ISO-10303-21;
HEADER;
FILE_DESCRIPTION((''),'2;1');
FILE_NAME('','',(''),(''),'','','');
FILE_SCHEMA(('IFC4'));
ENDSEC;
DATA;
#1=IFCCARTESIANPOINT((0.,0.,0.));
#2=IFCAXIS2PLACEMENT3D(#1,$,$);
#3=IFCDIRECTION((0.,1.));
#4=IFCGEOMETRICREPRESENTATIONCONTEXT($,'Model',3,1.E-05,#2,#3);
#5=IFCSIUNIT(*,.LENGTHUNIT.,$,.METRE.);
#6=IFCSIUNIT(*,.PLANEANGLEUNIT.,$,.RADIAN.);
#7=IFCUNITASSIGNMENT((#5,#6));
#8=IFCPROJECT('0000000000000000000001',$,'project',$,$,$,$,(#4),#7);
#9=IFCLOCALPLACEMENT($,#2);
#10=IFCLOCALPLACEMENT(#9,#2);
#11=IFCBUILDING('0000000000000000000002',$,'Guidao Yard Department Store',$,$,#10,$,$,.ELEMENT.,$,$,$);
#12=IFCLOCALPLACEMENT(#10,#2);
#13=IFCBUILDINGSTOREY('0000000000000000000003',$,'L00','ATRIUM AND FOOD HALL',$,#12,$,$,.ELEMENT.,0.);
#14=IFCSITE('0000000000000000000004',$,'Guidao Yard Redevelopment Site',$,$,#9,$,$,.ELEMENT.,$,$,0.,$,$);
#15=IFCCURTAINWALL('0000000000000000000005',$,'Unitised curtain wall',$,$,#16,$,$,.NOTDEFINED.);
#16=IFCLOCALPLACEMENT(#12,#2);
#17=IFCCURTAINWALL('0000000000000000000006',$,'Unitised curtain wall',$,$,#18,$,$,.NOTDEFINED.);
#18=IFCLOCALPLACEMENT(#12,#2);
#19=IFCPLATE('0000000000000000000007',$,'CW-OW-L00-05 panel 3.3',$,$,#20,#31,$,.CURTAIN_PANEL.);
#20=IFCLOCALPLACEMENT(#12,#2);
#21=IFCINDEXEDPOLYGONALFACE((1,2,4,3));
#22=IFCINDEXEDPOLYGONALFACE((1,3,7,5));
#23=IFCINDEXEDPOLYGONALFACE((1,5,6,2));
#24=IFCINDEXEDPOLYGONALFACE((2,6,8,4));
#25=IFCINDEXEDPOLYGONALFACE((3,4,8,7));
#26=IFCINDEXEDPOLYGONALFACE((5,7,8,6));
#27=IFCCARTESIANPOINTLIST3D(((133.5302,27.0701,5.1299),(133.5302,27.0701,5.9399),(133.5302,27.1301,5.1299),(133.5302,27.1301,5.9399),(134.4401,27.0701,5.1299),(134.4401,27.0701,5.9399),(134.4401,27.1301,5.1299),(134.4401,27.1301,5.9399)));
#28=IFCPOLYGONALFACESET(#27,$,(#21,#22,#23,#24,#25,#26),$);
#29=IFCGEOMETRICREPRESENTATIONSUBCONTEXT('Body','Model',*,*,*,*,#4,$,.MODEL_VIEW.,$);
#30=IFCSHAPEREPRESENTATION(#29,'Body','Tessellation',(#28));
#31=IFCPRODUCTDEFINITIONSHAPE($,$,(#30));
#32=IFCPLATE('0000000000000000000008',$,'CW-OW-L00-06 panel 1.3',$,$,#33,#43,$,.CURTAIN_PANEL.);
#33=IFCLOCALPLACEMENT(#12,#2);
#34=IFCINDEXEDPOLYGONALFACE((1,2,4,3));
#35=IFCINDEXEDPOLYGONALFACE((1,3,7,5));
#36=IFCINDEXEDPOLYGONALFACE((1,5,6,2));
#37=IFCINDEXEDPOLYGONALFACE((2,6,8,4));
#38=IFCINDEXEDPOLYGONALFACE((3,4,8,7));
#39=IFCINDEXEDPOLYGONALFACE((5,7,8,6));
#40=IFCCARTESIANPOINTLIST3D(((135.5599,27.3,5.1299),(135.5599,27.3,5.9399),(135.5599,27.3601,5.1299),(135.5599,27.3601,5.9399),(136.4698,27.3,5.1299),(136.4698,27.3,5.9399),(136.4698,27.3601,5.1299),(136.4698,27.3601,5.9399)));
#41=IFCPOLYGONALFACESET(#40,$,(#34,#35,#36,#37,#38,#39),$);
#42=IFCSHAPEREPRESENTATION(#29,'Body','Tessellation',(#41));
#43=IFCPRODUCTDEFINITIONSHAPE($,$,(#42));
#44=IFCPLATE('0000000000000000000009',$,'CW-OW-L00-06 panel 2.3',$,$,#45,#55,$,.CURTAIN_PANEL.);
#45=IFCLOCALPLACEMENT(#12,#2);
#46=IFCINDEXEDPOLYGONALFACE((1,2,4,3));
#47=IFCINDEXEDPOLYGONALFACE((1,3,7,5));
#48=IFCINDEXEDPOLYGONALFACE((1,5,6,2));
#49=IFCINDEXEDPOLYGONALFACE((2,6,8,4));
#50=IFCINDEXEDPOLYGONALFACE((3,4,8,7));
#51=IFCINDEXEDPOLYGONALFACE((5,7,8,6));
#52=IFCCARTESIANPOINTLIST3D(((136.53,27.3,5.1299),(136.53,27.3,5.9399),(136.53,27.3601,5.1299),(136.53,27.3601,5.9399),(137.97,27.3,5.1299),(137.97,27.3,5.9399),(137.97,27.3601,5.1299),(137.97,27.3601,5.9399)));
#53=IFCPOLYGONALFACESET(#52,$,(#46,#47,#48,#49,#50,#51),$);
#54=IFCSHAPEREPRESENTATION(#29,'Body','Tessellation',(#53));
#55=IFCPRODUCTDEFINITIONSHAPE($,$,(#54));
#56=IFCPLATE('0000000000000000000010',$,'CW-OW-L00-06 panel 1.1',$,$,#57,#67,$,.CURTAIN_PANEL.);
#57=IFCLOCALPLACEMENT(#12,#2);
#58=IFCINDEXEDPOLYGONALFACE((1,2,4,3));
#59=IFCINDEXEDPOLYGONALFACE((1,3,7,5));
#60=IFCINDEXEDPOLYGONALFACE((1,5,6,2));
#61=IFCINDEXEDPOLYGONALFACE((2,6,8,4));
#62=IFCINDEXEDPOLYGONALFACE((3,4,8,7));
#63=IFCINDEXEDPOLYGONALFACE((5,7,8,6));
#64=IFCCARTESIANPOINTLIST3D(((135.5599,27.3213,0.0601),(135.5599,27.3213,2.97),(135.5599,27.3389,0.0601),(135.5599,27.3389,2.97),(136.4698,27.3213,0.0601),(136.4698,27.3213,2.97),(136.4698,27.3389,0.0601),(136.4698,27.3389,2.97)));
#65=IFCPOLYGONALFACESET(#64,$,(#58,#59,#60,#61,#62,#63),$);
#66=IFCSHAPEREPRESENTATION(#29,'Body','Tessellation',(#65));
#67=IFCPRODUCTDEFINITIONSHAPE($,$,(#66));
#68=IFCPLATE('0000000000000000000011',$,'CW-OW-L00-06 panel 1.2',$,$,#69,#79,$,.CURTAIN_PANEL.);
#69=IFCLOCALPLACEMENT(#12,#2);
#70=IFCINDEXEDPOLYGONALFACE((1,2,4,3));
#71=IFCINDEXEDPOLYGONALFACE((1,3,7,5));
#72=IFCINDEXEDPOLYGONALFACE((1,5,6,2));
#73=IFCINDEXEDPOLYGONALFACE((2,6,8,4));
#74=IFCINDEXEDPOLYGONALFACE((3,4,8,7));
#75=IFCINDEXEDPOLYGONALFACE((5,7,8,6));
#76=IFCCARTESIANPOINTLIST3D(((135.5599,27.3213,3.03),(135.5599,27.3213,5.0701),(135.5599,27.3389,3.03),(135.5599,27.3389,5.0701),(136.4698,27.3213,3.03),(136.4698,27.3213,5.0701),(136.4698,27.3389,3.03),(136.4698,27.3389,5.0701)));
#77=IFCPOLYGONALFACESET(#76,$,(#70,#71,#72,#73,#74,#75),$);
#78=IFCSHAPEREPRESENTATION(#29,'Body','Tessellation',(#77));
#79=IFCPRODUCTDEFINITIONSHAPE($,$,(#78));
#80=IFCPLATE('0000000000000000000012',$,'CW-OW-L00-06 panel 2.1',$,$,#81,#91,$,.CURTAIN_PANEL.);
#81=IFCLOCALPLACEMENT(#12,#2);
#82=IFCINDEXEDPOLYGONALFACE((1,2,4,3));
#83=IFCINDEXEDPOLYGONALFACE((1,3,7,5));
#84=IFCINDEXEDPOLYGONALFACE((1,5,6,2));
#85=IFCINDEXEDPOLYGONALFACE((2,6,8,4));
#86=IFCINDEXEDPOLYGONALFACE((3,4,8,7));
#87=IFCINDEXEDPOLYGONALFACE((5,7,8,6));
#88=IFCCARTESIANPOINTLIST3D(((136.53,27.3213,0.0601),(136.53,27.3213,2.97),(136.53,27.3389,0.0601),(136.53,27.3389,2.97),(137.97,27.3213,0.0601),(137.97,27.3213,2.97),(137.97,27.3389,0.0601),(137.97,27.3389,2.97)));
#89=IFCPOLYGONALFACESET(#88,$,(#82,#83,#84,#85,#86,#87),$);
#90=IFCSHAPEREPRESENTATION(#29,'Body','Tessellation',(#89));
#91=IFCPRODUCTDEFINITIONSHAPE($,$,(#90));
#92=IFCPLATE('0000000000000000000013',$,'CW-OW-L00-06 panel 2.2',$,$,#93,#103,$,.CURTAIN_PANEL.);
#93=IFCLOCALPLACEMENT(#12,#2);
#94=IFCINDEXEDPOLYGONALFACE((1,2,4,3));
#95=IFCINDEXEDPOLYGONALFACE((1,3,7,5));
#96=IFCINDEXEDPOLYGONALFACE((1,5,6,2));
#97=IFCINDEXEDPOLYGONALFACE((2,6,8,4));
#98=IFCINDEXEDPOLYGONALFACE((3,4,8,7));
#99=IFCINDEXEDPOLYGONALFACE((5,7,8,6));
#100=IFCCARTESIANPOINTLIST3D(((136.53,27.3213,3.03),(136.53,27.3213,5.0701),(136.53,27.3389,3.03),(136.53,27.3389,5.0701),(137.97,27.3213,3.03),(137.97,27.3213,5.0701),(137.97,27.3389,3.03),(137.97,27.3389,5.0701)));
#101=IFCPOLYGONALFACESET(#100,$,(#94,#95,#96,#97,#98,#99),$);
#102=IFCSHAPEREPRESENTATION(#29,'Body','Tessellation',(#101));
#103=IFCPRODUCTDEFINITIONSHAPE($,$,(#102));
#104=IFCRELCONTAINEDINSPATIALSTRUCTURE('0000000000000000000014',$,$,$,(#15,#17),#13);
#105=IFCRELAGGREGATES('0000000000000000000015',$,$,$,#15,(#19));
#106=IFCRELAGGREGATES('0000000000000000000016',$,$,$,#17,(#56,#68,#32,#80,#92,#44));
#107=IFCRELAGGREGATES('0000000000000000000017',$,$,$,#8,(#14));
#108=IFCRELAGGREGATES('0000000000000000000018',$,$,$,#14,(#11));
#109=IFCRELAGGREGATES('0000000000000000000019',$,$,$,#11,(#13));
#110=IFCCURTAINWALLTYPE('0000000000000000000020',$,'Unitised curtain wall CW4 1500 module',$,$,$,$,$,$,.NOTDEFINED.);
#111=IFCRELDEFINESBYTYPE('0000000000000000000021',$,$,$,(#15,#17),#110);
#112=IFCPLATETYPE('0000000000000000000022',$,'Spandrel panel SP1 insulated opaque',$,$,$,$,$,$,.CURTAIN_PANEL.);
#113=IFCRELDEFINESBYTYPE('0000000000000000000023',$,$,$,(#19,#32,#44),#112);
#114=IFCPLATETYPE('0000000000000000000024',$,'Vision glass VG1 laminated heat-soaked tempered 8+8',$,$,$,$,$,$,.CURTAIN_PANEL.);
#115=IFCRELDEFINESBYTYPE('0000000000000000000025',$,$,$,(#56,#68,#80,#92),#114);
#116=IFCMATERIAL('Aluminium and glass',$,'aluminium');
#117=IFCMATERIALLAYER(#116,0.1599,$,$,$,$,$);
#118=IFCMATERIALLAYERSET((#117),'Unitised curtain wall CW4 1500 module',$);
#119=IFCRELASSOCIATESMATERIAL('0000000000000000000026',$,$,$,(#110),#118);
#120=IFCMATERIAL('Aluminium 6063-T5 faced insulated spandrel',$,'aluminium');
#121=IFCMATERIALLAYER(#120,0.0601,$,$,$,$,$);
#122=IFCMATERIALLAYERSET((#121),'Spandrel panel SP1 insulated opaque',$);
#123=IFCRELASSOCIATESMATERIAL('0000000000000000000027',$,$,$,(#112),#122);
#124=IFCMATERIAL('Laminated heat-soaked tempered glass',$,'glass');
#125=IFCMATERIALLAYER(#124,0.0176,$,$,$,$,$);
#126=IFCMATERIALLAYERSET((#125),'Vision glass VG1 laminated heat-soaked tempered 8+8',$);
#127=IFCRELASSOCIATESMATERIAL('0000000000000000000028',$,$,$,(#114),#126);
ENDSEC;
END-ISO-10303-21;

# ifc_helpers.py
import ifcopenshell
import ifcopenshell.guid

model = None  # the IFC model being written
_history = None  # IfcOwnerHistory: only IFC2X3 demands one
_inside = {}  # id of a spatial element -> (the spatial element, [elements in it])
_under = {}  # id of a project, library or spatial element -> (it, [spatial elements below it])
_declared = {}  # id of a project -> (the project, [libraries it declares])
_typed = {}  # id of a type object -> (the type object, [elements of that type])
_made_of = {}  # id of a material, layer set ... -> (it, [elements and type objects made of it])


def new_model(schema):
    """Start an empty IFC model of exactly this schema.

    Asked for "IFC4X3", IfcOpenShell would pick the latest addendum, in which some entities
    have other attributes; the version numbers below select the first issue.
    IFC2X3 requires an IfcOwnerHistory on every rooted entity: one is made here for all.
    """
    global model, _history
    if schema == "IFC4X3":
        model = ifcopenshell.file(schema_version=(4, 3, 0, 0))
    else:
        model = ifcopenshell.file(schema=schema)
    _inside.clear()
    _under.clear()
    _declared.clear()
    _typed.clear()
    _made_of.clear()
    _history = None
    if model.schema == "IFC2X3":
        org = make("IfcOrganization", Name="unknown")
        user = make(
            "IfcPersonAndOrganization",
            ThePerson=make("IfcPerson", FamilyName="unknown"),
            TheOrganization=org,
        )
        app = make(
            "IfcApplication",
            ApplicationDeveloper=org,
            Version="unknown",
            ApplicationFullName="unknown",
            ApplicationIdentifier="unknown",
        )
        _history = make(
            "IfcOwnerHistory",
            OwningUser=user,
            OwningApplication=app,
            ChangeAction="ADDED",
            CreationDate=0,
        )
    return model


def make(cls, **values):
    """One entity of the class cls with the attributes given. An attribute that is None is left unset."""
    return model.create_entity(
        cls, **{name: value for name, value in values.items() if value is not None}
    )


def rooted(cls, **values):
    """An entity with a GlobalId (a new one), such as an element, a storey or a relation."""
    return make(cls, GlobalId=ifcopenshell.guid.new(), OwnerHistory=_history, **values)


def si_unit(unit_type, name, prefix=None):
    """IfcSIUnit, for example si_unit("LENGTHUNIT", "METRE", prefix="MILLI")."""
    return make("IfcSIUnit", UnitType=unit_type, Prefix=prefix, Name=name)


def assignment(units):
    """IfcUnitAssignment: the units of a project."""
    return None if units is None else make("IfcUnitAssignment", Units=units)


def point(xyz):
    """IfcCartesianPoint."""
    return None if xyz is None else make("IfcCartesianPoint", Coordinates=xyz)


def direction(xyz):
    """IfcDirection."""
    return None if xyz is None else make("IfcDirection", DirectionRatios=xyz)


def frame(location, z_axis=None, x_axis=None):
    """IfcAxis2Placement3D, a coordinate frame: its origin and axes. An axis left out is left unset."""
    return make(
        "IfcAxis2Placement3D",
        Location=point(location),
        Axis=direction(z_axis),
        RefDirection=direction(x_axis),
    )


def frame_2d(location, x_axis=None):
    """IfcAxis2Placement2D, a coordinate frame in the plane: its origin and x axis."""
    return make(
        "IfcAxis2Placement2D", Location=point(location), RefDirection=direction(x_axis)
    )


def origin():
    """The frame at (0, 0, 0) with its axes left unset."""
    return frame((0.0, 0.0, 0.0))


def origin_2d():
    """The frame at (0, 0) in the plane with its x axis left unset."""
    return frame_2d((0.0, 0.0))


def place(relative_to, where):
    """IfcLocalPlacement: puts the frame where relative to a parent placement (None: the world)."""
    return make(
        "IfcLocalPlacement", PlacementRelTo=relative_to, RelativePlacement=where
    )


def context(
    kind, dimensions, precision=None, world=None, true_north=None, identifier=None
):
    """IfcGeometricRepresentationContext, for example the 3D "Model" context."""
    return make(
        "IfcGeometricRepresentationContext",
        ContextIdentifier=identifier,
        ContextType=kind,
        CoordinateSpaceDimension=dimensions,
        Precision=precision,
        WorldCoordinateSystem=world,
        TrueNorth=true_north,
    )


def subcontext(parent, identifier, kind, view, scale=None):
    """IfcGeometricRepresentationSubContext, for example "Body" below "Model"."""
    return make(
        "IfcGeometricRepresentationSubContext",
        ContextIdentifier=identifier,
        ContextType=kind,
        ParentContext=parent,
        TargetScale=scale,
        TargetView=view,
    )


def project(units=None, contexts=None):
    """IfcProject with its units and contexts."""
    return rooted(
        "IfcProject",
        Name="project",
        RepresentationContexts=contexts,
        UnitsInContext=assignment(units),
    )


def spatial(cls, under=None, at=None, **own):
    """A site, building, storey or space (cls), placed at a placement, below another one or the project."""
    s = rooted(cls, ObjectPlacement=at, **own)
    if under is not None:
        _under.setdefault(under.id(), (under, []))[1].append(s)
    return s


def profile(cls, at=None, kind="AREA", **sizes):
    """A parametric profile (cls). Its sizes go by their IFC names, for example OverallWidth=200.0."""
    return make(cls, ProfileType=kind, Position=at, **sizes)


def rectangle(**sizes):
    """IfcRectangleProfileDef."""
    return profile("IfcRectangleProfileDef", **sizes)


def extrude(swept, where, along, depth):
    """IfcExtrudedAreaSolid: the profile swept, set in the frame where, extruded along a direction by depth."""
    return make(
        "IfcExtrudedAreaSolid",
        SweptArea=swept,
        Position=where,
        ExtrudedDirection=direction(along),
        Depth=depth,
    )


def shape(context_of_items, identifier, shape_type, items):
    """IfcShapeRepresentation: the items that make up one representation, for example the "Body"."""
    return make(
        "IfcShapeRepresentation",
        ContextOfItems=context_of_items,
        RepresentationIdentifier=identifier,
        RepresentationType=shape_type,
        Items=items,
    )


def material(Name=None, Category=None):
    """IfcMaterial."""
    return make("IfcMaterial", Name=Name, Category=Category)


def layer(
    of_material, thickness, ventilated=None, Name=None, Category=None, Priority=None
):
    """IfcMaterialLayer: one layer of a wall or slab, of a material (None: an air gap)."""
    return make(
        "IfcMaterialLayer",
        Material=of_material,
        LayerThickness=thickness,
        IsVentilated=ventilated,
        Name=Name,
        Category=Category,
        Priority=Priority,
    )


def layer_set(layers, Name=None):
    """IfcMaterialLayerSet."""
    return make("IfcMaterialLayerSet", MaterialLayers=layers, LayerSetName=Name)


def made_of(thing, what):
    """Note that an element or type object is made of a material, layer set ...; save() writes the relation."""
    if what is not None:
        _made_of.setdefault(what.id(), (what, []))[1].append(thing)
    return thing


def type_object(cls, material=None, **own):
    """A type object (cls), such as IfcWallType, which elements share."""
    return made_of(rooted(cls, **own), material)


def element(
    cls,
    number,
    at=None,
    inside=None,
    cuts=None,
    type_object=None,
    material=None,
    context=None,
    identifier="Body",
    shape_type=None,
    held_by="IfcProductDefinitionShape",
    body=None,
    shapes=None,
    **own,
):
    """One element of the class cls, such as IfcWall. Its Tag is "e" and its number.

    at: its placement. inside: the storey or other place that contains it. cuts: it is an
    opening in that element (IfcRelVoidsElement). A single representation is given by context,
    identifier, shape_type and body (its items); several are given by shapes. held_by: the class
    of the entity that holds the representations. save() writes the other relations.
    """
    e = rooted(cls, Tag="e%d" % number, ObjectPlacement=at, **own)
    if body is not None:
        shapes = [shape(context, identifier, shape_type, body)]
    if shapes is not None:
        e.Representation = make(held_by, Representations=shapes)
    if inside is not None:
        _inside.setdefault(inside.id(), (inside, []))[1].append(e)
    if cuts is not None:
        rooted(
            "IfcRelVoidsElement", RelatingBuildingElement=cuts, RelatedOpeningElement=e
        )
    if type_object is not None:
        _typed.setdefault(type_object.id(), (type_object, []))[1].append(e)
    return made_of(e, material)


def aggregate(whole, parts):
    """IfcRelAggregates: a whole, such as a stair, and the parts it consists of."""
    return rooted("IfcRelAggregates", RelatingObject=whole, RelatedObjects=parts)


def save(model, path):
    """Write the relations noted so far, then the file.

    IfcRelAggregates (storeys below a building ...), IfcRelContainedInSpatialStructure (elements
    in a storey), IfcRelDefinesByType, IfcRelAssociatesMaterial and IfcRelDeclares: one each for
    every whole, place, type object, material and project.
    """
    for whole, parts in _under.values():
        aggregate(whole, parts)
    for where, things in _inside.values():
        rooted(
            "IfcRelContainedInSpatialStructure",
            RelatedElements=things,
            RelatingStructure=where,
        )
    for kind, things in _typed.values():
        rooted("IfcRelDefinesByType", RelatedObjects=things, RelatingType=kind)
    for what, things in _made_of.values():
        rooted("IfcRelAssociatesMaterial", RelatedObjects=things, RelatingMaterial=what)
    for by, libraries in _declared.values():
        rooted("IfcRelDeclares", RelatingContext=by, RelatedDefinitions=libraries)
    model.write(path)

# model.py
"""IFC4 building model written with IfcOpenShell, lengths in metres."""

from ifc_helpers import new_model, si_unit, direction, frame, origin, origin_2d, place, context, subcontext, project, spatial, rectangle, extrude, material, layer, layer_set, type_object, element, aggregate, save


model = new_model("IFC4")

# Units and contexts
model_context = context("Model", 3, precision=1e-05, world=origin(), true_north=direction((0.0, 1.0)))
body_context = subcontext(model_context, "Body", "Model", "MODEL_VIEW")
ifc_project = project(units=[si_unit("LENGTHUNIT", "METRE"), si_unit("PLANEANGLEUNIT", "RADIAN")], contexts=[model_context])

# Site, building, storey
site_placement = place(None, origin())
site = spatial("IfcSite", under=ifc_project, at=site_placement, Name="Guidao Yard Redevelopment Site", CompositionType="ELEMENT", RefElevation=0.0)
building_placement = place(site_placement, origin())
building = spatial("IfcBuilding", under=site, at=building_placement, Name="Guidao Yard Department Store", CompositionType="ELEMENT")
storey_placement = place(building_placement, origin())
storey = spatial("IfcBuildingStorey", under=building, at=storey_placement, Name="L00", Description="ATRIUM AND FOOD HALL", CompositionType="ELEMENT", Elevation=0.0)

# Curtain wall
ifc_material_1 = material(Name="Aluminium and glass", Category="aluminium")
ifc_layer_1 = layer(ifc_material_1, 0.1599)
ifc_layer_set_1 = layer_set([ifc_layer_1], Name="Unitised curtain wall CW4 1500 module")
curtain_wall_type = type_object("IfcCurtainWallType", Name="Unitised curtain wall CW4 1500 module", PredefinedType="NOTDEFINED", material=ifc_layer_set_1)
curtain_wall_1_placement = place(storey_placement, origin())
curtain_wall_1 = element("IfcCurtainWall", 1, at=curtain_wall_1_placement, inside=storey, type_object=curtain_wall_type, Name="Unitised curtain wall", PredefinedType="NOTDEFINED")

# Curtain wall
curtain_wall_2_placement = place(storey_placement, origin())
curtain_wall_2 = element("IfcCurtainWall", 2, at=curtain_wall_2_placement, inside=storey, type_object=curtain_wall_type, Name="Unitised curtain wall", PredefinedType="NOTDEFINED")

# Plates
ifc_material_2 = material(Name="Aluminium 6063-T5 faced insulated spandrel", Category="aluminium")
ifc_layer_2 = layer(ifc_material_2, 0.0601)
ifc_layer_set_2 = layer_set([ifc_layer_2], Name="Spandrel panel SP1 insulated opaque")
plate_type_1 = type_object("IfcPlateType", Name="Spandrel panel SP1 insulated opaque", PredefinedType="CURTAIN_PANEL", material=ifc_layer_set_2)
plate_1_placement = place(storey_placement, frame((133.9851, 27.1001, 5.1299), z_axis=(0.0, 0.0, 1.0), x_axis=(1.0, 0.0, 0.0)))
plate_1 = element("IfcPlate", 3, at=plate_1_placement, type_object=plate_type_1, Name="CW-OW-L00-05 panel 3.3", PredefinedType="CURTAIN_PANEL", context=body_context, shape_type="SweptSolid", body=[
    extrude(rectangle(XDim=0.9099, YDim=0.0601, at=origin_2d()), origin(), (0.0, 0.0, 1.0), 0.8101),
])
aggregate(curtain_wall_1, [plate_1])
plate_2_placement = place(storey_placement, frame((136.0149, 27.3301, 5.1299), z_axis=(0.0, 0.0, 1.0), x_axis=(1.0, 0.0, 0.0)))
plate_2 = element("IfcPlate", 4, at=plate_2_placement, type_object=plate_type_1, Name="CW-OW-L00-06 panel 1.3", PredefinedType="CURTAIN_PANEL", context=body_context, shape_type="SweptSolid", body=[
    extrude(rectangle(XDim=0.9099, YDim=0.0601, at=origin_2d()), origin(), (0.0, 0.0, 1.0), 0.8101),
])
plate_3_placement = place(storey_placement, frame((137.25, 27.3301, 5.1299), z_axis=(0.0, 0.0, 1.0), x_axis=(1.0, 0.0, 0.0)))
plate_3 = element("IfcPlate", 5, at=plate_3_placement, type_object=plate_type_1, Name="CW-OW-L00-06 panel 2.3", PredefinedType="CURTAIN_PANEL", context=body_context, shape_type="SweptSolid", body=[
    extrude(rectangle(XDim=1.4399, YDim=0.0601, at=origin_2d()), origin(), (0.0, 0.0, 1.0), 0.8101),
])
ifc_material_3 = material(Name="Laminated heat-soaked tempered glass", Category="glass")
ifc_layer_3 = layer(ifc_material_3, 0.0176)
ifc_layer_set_3 = layer_set([ifc_layer_3], Name="Vision glass VG1 laminated heat-soaked tempered 8+8")
plate_type_2 = type_object("IfcPlateType", Name="Vision glass VG1 laminated heat-soaked tempered 8+8", PredefinedType="CURTAIN_PANEL", material=ifc_layer_set_3)
plate_4_placement = place(storey_placement, frame((136.0149, 27.3301, 0.0601), z_axis=(0.0, 0.0, 1.0), x_axis=(1.0, 0.0, 0.0)))
plate_4 = element("IfcPlate", 6, at=plate_4_placement, type_object=plate_type_2, Name="CW-OW-L00-06 panel 1.1", PredefinedType="CURTAIN_PANEL", context=body_context, shape_type="SweptSolid", body=[
    extrude(rectangle(XDim=0.9099, YDim=0.0176, at=origin_2d()), origin(), (0.0, 0.0, 1.0), 2.9099),
])
plate_5_placement = place(storey_placement, frame((136.0149, 27.3301, 3.03), z_axis=(0.0, 0.0, 1.0), x_axis=(1.0, 0.0, 0.0)))
plate_5 = element("IfcPlate", 7, at=plate_5_placement, type_object=plate_type_2, Name="CW-OW-L00-06 panel 1.2", PredefinedType="CURTAIN_PANEL", context=body_context, shape_type="SweptSolid", body=[
    extrude(rectangle(XDim=0.9099, YDim=0.0176, at=origin_2d()), origin(), (0.0, 0.0, 1.0), 2.04),
])
plate_6_placement = place(storey_placement, frame((137.25, 27.3301, 0.0601), z_axis=(0.0, 0.0, 1.0), x_axis=(1.0, 0.0, 0.0)))
plate_6 = element("IfcPlate", 8, at=plate_6_placement, type_object=plate_type_2, Name="CW-OW-L00-06 panel 2.1", PredefinedType="CURTAIN_PANEL", context=body_context, shape_type="SweptSolid", body=[
    extrude(rectangle(XDim=1.4399, YDim=0.0176, at=origin_2d()), origin(), (0.0, 0.0, 1.0), 2.9099),
])
plate_7_placement = place(storey_placement, frame((137.25, 27.3301, 3.03), z_axis=(0.0, 0.0, 1.0), x_axis=(1.0, 0.0, 0.0)))
plate_7 = element("IfcPlate", 9, at=plate_7_placement, type_object=plate_type_2, Name="CW-OW-L00-06 panel 2.2", PredefinedType="CURTAIN_PANEL", context=body_context, shape_type="SweptSolid", body=[
    extrude(rectangle(XDim=1.4399, YDim=0.0176, at=origin_2d()), origin(), (0.0, 0.0, 1.0), 2.04),
])
aggregate(curtain_wall_2, [plate_4, plate_5, plate_2, plate_6, plate_7, plate_3])

save(model, "model.ifc")
